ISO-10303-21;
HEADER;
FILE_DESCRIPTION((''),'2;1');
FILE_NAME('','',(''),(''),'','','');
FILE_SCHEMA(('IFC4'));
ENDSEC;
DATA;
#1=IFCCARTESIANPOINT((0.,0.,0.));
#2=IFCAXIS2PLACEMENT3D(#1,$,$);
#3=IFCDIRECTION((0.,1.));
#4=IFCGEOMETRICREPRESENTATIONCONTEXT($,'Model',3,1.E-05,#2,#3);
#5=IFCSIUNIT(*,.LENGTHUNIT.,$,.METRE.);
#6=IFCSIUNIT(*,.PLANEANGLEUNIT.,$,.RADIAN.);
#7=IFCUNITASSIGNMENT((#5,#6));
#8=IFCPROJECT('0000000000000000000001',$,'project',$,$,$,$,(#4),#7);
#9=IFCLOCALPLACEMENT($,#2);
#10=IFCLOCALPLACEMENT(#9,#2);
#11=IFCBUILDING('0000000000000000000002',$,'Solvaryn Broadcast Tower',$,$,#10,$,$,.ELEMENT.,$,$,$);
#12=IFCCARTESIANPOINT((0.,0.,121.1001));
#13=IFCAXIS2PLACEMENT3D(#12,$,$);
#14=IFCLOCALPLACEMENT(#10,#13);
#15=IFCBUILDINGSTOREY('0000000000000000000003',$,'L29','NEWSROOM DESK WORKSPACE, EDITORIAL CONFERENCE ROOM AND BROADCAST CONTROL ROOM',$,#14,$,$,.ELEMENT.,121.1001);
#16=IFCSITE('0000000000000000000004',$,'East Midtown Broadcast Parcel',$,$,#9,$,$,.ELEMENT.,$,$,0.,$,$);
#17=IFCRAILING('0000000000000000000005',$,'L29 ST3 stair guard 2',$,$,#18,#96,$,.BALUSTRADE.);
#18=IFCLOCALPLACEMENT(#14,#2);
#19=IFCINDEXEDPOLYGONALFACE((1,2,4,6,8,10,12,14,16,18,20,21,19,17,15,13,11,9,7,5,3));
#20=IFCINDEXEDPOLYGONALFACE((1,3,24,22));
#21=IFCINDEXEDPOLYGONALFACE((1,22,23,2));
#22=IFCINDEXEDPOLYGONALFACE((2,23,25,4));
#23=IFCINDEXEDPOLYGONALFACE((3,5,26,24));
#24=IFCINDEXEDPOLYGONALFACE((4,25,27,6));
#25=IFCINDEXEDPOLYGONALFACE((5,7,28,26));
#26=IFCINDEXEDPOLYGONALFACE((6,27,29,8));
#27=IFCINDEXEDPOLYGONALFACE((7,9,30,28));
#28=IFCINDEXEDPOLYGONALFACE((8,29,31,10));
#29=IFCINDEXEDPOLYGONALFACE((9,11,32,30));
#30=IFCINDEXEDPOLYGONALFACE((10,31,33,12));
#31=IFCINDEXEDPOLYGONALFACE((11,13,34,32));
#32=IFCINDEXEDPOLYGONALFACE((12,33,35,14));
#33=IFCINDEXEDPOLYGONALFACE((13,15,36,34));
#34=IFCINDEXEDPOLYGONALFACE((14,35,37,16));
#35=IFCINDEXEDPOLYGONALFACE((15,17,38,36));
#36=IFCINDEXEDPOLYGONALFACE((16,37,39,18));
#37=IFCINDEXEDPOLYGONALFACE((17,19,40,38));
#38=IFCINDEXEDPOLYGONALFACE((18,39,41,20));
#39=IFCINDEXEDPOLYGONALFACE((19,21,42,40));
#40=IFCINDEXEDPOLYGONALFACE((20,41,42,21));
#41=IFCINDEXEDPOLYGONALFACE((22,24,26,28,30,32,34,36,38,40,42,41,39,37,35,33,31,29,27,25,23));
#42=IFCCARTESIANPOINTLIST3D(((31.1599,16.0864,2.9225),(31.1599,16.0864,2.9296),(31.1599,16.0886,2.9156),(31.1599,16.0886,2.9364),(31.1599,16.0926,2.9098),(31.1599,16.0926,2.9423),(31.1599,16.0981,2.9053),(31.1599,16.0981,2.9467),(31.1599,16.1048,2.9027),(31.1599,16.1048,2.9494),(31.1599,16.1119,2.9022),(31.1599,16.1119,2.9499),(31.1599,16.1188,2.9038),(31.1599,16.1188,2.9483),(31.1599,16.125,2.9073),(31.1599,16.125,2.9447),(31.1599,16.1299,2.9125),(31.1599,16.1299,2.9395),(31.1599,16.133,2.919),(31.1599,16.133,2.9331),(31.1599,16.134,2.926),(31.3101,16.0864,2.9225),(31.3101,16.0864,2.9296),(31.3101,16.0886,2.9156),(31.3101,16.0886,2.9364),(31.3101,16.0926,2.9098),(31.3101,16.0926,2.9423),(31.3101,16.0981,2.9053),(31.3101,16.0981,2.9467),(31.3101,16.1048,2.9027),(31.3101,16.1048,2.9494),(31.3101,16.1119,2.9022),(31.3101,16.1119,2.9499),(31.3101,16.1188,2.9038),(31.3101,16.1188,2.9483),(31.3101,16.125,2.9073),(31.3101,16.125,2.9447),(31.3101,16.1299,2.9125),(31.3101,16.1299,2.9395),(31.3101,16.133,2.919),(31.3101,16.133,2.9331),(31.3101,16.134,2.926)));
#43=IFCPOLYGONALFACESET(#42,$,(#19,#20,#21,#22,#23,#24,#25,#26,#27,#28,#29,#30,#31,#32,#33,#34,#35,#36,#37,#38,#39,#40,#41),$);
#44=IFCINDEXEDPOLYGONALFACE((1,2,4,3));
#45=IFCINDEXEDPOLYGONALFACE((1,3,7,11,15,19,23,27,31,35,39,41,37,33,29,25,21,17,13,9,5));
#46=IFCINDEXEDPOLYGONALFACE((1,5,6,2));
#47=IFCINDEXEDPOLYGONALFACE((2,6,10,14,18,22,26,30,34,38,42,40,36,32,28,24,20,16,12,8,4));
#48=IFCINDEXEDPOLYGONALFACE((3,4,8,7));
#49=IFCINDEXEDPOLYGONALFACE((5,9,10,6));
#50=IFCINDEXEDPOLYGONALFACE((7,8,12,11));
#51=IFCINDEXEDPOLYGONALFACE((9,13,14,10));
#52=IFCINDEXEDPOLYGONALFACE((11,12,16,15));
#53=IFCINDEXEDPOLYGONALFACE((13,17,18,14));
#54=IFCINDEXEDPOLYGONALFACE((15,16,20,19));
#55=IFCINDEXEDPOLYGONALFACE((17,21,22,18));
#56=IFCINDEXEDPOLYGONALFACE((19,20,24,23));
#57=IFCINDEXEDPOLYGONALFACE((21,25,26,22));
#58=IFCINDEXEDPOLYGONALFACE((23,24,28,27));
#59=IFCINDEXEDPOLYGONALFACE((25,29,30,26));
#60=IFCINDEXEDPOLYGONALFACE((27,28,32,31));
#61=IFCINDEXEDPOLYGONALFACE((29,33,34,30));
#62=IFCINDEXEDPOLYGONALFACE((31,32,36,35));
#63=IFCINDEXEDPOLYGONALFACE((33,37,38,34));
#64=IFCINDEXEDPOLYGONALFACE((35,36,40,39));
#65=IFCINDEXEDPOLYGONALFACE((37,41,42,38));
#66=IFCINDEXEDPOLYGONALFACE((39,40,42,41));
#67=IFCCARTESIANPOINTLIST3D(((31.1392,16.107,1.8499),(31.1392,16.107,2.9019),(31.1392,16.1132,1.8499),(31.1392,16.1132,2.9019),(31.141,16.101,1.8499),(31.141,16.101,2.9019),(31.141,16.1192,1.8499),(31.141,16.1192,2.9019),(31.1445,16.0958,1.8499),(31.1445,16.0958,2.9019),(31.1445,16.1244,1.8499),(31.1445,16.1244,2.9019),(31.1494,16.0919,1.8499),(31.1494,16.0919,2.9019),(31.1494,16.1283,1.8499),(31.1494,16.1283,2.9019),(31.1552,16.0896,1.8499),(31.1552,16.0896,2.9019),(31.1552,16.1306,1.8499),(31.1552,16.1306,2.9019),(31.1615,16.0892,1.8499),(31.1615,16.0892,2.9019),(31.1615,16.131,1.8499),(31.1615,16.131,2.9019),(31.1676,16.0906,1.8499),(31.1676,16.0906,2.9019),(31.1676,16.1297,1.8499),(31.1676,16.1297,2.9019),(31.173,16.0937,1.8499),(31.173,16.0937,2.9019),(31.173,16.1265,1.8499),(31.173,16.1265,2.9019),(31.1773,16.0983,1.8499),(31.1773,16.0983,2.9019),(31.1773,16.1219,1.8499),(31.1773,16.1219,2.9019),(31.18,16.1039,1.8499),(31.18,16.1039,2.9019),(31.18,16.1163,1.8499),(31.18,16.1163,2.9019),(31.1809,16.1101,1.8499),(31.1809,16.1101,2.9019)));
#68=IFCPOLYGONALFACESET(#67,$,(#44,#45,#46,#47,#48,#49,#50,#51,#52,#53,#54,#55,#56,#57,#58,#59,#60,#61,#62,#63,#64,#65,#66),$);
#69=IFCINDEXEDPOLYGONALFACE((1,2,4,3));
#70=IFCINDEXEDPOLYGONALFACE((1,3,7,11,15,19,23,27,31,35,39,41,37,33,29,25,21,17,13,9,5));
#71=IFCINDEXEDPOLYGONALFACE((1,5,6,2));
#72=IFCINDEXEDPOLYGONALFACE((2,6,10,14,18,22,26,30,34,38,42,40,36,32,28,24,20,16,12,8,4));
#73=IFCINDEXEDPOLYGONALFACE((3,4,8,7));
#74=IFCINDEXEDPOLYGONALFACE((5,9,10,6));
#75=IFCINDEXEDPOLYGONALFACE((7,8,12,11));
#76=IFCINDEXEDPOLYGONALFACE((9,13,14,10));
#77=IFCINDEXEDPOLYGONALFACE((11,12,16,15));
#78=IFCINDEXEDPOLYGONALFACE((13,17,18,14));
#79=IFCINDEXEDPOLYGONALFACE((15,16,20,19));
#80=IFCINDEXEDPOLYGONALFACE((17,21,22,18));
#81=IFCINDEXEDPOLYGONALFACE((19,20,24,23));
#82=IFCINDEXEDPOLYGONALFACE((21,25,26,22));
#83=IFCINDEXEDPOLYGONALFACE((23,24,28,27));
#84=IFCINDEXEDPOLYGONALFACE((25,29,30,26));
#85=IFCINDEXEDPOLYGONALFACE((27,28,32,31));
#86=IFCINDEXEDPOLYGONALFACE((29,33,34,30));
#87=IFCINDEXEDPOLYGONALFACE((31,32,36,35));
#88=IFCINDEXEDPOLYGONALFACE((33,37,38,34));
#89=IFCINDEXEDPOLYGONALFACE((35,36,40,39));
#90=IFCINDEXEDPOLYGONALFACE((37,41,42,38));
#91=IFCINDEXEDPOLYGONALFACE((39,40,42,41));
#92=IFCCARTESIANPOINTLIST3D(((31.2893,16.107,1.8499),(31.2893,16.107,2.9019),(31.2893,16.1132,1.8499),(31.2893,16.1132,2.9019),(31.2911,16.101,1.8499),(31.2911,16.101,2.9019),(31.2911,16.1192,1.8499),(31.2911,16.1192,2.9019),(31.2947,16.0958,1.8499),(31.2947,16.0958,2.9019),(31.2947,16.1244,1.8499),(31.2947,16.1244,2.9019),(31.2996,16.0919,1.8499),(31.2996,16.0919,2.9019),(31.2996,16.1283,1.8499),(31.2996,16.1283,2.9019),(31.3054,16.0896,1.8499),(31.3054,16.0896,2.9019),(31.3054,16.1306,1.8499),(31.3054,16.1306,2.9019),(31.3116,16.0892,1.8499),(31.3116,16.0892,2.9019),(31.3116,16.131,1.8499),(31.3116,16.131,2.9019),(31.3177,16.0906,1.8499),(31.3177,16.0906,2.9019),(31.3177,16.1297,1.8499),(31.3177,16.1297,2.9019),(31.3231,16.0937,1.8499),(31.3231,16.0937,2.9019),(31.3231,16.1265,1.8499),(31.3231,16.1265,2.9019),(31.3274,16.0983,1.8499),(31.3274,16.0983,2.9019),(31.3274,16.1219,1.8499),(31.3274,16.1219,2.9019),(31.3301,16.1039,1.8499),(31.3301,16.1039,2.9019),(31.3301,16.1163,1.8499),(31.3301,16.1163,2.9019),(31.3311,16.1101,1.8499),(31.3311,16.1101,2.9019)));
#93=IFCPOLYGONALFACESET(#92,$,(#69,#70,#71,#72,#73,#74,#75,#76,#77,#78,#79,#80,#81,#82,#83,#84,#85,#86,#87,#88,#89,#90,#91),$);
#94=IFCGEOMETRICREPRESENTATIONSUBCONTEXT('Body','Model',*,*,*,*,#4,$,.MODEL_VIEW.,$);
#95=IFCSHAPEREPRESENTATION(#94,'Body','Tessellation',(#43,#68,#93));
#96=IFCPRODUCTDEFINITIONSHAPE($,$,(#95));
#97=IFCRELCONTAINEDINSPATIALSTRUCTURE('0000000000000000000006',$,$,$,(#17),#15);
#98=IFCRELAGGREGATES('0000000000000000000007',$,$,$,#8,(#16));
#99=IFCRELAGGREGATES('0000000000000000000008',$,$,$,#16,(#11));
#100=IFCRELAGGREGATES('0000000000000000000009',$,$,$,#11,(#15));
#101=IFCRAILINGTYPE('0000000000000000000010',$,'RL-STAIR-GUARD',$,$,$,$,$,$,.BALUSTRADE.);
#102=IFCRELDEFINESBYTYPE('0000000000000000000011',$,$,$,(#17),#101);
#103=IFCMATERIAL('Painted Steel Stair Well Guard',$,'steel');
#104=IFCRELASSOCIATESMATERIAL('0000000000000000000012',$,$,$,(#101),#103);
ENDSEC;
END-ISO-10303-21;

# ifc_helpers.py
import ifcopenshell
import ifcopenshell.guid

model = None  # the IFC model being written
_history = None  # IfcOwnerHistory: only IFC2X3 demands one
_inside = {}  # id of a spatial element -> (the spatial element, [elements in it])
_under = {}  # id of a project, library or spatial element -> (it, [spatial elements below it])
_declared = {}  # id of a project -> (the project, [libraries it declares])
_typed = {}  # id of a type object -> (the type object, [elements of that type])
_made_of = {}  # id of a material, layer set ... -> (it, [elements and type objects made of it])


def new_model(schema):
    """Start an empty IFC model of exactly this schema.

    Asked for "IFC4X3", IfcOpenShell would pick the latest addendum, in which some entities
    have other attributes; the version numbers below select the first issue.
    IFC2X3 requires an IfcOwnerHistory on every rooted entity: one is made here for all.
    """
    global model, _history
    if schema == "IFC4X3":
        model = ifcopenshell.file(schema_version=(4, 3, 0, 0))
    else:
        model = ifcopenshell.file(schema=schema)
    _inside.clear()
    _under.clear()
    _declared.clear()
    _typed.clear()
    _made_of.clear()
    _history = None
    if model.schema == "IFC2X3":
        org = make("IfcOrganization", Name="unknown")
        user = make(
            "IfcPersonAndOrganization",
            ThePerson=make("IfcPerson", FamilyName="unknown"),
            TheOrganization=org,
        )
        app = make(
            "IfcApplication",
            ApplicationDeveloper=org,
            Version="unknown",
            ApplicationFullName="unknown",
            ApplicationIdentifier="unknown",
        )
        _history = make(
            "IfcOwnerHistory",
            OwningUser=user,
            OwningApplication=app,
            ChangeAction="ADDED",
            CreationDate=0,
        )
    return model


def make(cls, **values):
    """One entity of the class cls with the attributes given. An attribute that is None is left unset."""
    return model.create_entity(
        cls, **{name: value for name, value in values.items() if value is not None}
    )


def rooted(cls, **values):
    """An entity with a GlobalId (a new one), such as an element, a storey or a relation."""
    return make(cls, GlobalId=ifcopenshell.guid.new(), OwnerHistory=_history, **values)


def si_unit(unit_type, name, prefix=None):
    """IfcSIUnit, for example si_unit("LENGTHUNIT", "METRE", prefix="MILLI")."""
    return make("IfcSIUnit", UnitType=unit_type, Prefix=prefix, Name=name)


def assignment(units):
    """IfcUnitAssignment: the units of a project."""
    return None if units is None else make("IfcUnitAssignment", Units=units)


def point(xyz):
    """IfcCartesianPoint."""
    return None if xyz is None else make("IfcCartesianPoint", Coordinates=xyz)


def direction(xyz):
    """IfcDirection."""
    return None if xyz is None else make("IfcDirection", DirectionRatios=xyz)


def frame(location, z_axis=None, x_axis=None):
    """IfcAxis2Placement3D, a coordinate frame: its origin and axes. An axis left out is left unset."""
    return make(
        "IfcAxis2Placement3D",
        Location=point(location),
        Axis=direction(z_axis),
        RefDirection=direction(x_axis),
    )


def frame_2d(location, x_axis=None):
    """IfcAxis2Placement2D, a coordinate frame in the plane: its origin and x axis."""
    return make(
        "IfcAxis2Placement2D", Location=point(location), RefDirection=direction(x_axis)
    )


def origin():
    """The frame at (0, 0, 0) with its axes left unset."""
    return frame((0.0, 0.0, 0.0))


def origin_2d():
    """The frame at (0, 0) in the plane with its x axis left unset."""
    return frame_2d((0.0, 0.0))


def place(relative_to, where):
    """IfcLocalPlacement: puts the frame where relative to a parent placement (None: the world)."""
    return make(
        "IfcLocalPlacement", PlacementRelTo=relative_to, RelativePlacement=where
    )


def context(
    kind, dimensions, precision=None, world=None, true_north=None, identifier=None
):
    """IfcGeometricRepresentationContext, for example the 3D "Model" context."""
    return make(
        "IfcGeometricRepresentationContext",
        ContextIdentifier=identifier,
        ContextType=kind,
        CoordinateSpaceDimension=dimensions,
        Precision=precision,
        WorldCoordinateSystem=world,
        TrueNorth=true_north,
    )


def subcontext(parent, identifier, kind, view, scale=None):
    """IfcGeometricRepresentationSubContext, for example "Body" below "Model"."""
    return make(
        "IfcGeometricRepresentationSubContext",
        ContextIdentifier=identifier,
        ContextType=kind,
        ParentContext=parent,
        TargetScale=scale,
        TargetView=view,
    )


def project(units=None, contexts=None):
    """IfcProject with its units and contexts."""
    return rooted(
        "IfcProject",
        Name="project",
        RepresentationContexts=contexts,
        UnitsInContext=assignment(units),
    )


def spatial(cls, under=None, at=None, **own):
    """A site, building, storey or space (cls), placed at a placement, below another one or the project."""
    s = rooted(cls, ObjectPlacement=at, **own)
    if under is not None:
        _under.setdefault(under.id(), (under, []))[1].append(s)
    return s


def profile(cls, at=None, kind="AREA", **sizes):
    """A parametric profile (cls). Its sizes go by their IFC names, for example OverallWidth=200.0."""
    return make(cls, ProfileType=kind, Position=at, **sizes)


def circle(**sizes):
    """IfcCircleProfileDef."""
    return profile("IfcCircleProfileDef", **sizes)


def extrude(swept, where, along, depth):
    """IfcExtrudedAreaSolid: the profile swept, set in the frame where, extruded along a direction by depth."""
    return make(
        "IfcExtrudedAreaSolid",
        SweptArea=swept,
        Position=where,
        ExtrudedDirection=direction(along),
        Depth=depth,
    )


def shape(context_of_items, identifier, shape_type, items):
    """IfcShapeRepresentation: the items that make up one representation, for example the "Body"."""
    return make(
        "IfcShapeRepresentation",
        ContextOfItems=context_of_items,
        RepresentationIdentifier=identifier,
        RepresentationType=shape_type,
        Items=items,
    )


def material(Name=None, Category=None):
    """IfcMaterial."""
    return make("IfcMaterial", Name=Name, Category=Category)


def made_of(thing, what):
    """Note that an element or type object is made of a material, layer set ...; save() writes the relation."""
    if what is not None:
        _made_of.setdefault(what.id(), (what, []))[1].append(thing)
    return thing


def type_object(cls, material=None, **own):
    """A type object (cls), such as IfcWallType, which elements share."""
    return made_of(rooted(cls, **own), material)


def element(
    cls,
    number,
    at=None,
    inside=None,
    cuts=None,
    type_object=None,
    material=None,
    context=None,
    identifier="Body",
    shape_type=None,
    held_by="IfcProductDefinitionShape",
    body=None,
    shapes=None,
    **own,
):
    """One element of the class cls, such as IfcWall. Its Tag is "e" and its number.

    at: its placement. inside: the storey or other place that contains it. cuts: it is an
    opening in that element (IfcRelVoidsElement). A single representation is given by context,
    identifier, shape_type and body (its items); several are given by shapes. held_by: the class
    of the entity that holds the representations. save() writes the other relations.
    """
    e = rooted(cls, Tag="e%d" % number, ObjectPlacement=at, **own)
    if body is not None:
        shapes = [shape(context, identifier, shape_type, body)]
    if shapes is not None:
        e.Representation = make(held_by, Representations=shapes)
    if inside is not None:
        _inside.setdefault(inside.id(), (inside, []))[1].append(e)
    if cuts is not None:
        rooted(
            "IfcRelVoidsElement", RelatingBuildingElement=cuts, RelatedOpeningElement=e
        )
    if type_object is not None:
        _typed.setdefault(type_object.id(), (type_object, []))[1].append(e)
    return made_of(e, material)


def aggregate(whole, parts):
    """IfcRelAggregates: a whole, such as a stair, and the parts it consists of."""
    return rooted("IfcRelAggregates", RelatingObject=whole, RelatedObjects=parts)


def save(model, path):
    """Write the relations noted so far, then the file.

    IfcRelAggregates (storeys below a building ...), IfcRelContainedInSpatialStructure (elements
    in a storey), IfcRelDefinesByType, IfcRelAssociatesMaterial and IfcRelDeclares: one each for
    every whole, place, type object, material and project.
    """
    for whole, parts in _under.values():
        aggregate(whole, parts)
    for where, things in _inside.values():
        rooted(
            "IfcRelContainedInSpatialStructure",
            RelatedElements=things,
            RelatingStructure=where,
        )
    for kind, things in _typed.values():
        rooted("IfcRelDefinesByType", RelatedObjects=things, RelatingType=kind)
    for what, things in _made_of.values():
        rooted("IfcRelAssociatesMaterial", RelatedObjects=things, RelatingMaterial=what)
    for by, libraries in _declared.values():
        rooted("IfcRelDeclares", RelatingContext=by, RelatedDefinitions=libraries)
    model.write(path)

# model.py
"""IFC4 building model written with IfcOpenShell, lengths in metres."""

from ifc_helpers import new_model, si_unit, direction, frame, origin, origin_2d, place, context, subcontext, project, spatial, circle, extrude, material, type_object, element, save


model = new_model("IFC4")

# Units and contexts
model_context = context("Model", 3, precision=1e-05, world=origin(), true_north=direction((0.0, 1.0)))
body_context = subcontext(model_context, "Body", "Model", "MODEL_VIEW")
ifc_project = project(units=[si_unit("LENGTHUNIT", "METRE"), si_unit("PLANEANGLEUNIT", "RADIAN")], contexts=[model_context])

# Site, building, storey
site_placement = place(None, origin())
site = spatial("IfcSite", under=ifc_project, at=site_placement, Name="East Midtown Broadcast Parcel", CompositionType="ELEMENT", RefElevation=0.0)
building_placement = place(site_placement, origin())
building = spatial("IfcBuilding", under=site, at=building_placement, Name="Solvaryn Broadcast Tower", CompositionType="ELEMENT")
storey_placement = place(building_placement, frame((0.0, 0.0, 121.1001)))
storey = spatial("IfcBuildingStorey", under=building, at=storey_placement, Name="L29", Description="NEWSROOM DESK WORKSPACE, EDITORIAL CONFERENCE ROOM AND BROADCAST CONTROL ROOM", CompositionType="ELEMENT", Elevation=121.1001)

# Railing
ifc_material_1 = material(Name="Painted Steel Stair Well Guard", Category="steel")
railing_type_1 = type_object("IfcRailingType", Name="RL-STAIR-GUARD", PredefinedType="BALUSTRADE", material=ifc_material_1)
railing_1_placement = place(storey_placement, frame((31.1599, 16.1101, 1.8499)))
element("IfcRailing", 1, at=railing_1_placement, inside=storey, type_object=railing_type_1, Name="L29 ST3 stair guard 2", PredefinedType="BALUSTRADE", context=body_context, shape_type="SweptSolid", body=[
    extrude(circle(Radius=0.0239, at=origin_2d()), frame((0.0, 0.0, 1.0762), z_axis=(1.0, 0.0, 0.0), x_axis=(0.0, 1.0, 0.0)), (0.0, 0.0, 1.0), 0.1501),
    extrude(circle(Radius=0.021, at=origin_2d()), origin(), (0.0, 0.0, 1.0), 1.052),
    extrude(circle(Radius=0.021, at=origin_2d()), frame((0.1501, 0.0, 0.0)), (0.0, 0.0, 1.0), 1.052),
])

save(model, "model.ifc")
